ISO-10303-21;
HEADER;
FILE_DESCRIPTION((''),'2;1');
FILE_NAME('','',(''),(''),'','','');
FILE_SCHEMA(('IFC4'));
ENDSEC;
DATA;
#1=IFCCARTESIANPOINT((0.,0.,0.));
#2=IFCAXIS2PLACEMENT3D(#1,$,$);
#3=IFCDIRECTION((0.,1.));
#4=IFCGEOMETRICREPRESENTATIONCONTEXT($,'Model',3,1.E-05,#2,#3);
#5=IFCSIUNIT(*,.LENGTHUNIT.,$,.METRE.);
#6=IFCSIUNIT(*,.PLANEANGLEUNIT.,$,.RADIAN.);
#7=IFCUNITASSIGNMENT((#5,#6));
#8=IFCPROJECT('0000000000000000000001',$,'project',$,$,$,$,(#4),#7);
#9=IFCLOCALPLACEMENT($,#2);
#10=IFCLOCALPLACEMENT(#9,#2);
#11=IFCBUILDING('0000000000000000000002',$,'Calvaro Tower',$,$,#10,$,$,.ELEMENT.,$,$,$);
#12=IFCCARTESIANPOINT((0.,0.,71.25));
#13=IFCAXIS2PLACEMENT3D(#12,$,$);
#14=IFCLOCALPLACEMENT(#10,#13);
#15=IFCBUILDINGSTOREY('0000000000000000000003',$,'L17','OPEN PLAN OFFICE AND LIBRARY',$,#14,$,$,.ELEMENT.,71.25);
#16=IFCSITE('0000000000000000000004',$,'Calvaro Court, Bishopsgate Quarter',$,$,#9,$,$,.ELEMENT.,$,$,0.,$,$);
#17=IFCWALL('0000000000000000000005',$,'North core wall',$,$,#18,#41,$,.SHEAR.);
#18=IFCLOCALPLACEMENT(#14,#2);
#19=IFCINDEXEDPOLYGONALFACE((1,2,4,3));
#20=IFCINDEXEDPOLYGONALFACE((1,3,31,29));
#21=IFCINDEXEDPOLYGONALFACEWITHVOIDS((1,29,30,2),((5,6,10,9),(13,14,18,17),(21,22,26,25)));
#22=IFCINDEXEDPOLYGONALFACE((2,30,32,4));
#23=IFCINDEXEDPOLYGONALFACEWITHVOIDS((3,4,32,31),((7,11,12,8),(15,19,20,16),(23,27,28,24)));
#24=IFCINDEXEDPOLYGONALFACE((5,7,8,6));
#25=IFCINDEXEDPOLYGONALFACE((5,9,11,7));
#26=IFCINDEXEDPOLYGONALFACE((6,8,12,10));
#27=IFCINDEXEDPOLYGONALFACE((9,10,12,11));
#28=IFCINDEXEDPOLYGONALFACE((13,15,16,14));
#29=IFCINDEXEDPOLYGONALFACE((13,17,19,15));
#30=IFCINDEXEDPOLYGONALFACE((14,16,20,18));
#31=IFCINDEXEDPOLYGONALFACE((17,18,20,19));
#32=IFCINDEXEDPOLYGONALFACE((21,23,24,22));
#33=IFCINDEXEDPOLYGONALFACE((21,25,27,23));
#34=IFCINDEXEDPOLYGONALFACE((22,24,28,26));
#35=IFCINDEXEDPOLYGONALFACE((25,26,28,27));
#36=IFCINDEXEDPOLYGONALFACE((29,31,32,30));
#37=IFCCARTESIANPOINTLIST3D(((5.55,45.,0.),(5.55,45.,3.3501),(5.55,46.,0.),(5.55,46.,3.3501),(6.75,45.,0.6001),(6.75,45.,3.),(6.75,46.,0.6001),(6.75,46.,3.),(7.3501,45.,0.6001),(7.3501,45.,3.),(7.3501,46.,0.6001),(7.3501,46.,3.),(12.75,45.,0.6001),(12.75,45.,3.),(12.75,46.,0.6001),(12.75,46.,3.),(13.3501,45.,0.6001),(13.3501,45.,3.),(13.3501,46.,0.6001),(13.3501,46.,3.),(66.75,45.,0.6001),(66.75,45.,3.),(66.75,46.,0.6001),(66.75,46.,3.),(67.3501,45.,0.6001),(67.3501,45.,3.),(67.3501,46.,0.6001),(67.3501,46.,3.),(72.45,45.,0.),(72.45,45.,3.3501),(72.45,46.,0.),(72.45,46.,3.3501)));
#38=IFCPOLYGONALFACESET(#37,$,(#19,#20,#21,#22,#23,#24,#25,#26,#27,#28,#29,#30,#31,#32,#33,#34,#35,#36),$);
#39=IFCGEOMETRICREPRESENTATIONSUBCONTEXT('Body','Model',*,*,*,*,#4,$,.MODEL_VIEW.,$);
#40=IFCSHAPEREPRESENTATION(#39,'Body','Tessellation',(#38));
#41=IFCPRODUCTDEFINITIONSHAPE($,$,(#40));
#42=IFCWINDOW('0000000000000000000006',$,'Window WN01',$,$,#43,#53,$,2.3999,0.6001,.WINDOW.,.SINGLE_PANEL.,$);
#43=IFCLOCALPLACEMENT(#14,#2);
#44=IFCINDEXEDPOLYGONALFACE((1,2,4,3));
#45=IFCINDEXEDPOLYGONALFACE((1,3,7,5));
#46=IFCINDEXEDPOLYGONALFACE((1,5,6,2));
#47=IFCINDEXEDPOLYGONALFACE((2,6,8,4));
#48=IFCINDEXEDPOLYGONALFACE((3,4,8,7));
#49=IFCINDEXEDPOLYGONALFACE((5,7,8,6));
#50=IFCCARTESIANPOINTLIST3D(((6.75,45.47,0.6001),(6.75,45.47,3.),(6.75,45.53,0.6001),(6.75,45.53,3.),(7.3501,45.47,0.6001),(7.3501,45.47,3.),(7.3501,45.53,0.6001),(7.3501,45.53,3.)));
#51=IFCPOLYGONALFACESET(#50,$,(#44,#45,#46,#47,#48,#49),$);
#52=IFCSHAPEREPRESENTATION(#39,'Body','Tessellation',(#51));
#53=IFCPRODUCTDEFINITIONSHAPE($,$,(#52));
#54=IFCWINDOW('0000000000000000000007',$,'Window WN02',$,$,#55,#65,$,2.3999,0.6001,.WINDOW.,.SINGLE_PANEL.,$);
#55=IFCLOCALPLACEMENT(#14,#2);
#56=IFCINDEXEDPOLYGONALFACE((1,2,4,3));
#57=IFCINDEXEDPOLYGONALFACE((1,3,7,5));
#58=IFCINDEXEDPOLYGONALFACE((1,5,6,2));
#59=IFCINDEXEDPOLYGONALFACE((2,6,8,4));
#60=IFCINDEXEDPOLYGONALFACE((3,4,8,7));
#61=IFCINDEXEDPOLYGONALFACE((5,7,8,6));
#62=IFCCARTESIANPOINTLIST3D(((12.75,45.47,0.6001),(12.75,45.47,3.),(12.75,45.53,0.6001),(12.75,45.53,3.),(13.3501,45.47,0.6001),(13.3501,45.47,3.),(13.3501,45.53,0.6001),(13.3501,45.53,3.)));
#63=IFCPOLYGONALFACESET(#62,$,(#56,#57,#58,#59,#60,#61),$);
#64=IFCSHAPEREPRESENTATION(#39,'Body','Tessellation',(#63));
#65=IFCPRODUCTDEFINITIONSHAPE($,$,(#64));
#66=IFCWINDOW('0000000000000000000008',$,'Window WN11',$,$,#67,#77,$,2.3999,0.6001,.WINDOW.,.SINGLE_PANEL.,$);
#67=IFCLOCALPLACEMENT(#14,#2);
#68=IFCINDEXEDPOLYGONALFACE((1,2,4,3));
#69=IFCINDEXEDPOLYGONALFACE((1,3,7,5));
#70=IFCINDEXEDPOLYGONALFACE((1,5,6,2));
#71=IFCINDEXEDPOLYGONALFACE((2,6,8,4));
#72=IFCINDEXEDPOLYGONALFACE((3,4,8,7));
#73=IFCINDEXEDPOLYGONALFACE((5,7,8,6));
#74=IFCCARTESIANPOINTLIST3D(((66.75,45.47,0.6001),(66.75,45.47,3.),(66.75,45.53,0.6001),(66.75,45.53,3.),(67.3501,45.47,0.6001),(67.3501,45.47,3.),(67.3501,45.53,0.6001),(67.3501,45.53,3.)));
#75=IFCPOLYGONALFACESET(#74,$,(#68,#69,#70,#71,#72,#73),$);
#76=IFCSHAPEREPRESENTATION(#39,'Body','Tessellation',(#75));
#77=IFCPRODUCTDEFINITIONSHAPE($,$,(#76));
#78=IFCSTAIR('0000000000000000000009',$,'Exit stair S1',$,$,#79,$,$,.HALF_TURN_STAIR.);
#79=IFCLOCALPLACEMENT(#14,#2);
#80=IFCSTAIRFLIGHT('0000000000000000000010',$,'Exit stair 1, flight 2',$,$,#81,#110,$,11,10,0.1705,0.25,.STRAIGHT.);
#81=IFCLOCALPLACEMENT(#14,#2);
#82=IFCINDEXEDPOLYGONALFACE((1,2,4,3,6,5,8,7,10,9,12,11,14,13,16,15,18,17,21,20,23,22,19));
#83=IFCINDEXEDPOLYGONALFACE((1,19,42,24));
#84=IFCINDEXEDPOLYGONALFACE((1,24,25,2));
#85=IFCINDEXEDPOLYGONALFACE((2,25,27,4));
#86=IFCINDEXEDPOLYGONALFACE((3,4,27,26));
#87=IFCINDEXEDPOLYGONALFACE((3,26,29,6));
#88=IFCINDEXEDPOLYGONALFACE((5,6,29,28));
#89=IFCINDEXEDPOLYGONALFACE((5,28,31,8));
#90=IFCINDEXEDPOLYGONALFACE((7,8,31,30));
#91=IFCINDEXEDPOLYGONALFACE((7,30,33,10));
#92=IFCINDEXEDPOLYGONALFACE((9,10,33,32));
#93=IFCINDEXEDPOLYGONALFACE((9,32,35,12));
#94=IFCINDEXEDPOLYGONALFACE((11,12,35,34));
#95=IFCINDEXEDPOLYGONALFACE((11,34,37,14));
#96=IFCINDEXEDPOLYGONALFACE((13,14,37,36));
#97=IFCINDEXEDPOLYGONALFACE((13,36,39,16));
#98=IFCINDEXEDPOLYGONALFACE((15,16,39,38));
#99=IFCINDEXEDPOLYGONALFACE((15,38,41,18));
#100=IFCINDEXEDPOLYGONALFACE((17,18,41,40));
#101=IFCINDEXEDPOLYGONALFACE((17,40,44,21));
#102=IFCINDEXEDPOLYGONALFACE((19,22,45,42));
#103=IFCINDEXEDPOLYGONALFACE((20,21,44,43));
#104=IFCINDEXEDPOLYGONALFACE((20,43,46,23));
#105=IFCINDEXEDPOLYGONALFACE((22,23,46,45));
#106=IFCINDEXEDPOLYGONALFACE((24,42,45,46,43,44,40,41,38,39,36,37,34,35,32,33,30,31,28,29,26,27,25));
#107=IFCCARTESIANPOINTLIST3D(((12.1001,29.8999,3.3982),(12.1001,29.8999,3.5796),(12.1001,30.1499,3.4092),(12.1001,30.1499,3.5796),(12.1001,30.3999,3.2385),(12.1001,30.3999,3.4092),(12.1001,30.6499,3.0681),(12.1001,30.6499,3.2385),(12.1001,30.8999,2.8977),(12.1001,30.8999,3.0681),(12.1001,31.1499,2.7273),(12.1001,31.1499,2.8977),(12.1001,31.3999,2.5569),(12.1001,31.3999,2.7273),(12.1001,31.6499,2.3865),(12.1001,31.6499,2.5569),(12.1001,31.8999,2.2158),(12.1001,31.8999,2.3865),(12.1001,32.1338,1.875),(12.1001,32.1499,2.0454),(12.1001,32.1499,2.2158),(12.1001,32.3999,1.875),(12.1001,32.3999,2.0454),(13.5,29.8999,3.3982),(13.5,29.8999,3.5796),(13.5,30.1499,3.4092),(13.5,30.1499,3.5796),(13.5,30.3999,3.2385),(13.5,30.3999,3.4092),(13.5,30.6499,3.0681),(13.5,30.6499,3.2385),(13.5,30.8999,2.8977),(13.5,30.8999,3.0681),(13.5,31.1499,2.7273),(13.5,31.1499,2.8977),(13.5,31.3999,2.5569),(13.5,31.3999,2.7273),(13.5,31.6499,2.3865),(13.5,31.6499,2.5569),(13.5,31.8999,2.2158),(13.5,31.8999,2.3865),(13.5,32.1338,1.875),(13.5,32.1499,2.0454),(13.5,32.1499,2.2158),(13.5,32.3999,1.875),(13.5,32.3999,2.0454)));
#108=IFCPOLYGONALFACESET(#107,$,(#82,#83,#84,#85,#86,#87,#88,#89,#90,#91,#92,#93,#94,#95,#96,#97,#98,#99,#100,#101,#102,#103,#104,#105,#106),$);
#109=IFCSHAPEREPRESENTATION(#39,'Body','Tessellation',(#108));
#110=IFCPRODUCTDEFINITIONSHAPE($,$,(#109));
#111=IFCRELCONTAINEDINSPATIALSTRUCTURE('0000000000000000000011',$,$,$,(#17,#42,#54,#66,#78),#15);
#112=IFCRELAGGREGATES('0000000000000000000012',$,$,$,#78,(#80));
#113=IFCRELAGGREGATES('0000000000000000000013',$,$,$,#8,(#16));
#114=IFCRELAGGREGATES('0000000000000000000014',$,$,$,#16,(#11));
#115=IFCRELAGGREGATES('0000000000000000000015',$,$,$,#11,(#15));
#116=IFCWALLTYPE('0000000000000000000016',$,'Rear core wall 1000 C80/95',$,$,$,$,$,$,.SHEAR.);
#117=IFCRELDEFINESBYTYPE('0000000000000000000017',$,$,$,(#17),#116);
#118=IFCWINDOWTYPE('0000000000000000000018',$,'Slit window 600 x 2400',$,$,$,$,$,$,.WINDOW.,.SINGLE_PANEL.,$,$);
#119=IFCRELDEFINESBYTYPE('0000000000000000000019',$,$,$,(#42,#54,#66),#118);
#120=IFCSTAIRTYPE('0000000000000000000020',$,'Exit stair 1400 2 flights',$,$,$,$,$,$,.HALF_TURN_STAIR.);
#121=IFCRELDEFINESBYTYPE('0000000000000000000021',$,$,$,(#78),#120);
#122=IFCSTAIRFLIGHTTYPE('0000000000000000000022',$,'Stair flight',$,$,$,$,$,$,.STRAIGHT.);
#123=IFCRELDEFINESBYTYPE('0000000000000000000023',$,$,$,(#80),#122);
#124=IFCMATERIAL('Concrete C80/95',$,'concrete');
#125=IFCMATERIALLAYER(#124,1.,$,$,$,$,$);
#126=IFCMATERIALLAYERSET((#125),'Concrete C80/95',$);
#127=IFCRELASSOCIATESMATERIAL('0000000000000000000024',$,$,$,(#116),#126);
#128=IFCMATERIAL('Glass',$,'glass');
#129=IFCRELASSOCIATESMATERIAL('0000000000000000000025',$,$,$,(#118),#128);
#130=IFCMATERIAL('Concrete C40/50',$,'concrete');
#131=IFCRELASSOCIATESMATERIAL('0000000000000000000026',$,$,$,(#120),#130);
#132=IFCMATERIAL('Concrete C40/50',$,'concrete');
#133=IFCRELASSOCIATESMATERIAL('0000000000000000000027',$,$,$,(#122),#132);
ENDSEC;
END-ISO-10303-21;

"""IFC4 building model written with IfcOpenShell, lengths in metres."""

from ifc_helpers import new_model, si_unit, direction, frame, frame_2d, origin, place, context, subcontext, project, spatial, polyline, rectangle, outline, extrude, material, layer, layer_set, type_object, element, fill, aggregate, save


model = new_model("IFC4")

# Units and contexts
model_context = context("Model", 3, precision=1e-05, world=origin(), true_north=direction((0.0, 1.0)))
body_context = subcontext(model_context, "Body", "Model", "MODEL_VIEW")
ifc_project = project(units=[si_unit("LENGTHUNIT", "METRE"), si_unit("PLANEANGLEUNIT", "RADIAN")], contexts=[model_context])

# Site, building, storey
site_placement = place(None, origin())
site = spatial("IfcSite", under=ifc_project, at=site_placement, Name="Calvaro Court, Bishopsgate Quarter", CompositionType="ELEMENT", RefElevation=0.0)
building_placement = place(site_placement, origin())
building = spatial("IfcBuilding", under=site, at=building_placement, Name="Calvaro Tower", CompositionType="ELEMENT")
storey_placement = place(building_placement, frame((0.0, 0.0, 71.25)))
storey = spatial("IfcBuildingStorey", under=building, at=storey_placement, Name="L17", Description="OPEN PLAN OFFICE AND LIBRARY", CompositionType="ELEMENT", Elevation=71.25)

# Wall, openings, windows
ifc_material_1 = material(Name="Concrete C80/95", Category="concrete")
ifc_layer_1 = layer(ifc_material_1, 1.0)
ifc_layer_set_1 = layer_set([ifc_layer_1], Name="Concrete C80/95")
wall_type_1 = type_object("IfcWallType", Name="Rear core wall 1000 C80/95", PredefinedType="SHEAR", material=ifc_layer_set_1)
wall_1_placement = place(storey_placement, frame((5.55, 45.5, 0.0), z_axis=(0.0, 0.0, 1.0), x_axis=(1.0, 0.0, 0.0)))
wall_1 = element("IfcWall", 1, at=wall_1_placement, inside=storey, type_object=wall_type_1, Name="North core wall", PredefinedType="SHEAR", context=body_context, shape_type="SweptSolid", body=[
    extrude(rectangle(XDim=66.8999, YDim=1.0, at=frame_2d((33.45, 0.0))), origin(), (0.0, 0.0, 1.0), 3.3501),
])
opening_1_placement = place(wall_1_placement, frame((1.2, 0.0, 0.6001)))
opening_1 = element("IfcOpeningElement", 2, at=opening_1_placement, cuts=wall_1, PredefinedType="OPENING", context=body_context, shape_type="SweptSolid", body=[
    extrude(rectangle(XDim=0.6001, YDim=2.3999, at=frame_2d((0.3, 1.2))), frame((0.0, 0.51, 0.0), z_axis=(0.0, -1.0, 0.0), x_axis=(1.0, 0.0, 0.0)), (0.0, 0.0, 1.0), 1.02),
])
opening_2_placement = place(wall_1_placement, frame((7.2, 0.0, 0.6001)))
opening_2 = element("IfcOpeningElement", 3, at=opening_2_placement, cuts=wall_1, PredefinedType="OPENING", context=body_context, shape_type="SweptSolid", body=[
    extrude(rectangle(XDim=0.6001, YDim=2.3999, at=frame_2d((0.3, 1.2))), frame((0.0, 0.51, 0.0), z_axis=(0.0, -1.0, 0.0), x_axis=(1.0, 0.0, 0.0)), (0.0, 0.0, 1.0), 1.02),
])
opening_3_placement = place(wall_1_placement, frame((61.2, 0.0, 0.6001)))
opening_3 = element("IfcOpeningElement", 4, at=opening_3_placement, cuts=wall_1, PredefinedType="OPENING", context=body_context, shape_type="SweptSolid", body=[
    extrude(rectangle(XDim=0.6001, YDim=2.3999, at=frame_2d((0.3, 1.2))), frame((0.0, 0.51, 0.0), z_axis=(0.0, -1.0, 0.0), x_axis=(1.0, 0.0, 0.0)), (0.0, 0.0, 1.0), 1.02),
])
ifc_material_2 = material(Name="Glass", Category="glass")
window_type = type_object("IfcWindowType", Name="Slit window 600 x 2400", PartitioningType="SINGLE_PANEL", PredefinedType="WINDOW", material=ifc_material_2)
window_1_placement = place(opening_1_placement, origin())
window_1 = element("IfcWindow", 5, at=window_1_placement, inside=storey, type_object=window_type, Name="Window WN01", OverallHeight=2.3999, OverallWidth=0.6001, PartitioningType="SINGLE_PANEL", PredefinedType="WINDOW", context=body_context, shape_type="SweptSolid", body=[
    extrude(rectangle(XDim=0.6001, YDim=2.3999, at=frame_2d((0.3, 1.2))), frame((0.0, 0.03, 0.0), z_axis=(0.0, -1.0, 0.0), x_axis=(1.0, 0.0, 0.0)), (0.0, 0.0, 1.0), 0.0601),
])
fill(opening_1, window_1)
window_2_placement = place(opening_2_placement, origin())
window_2 = element("IfcWindow", 6, at=window_2_placement, inside=storey, type_object=window_type, Name="Window WN02", OverallHeight=2.3999, OverallWidth=0.6001, PartitioningType="SINGLE_PANEL", PredefinedType="WINDOW", context=body_context, shape_type="SweptSolid", body=[
    extrude(rectangle(XDim=0.6001, YDim=2.3999, at=frame_2d((0.3, 1.2))), frame((0.0, 0.03, 0.0), z_axis=(0.0, -1.0, 0.0), x_axis=(1.0, 0.0, 0.0)), (0.0, 0.0, 1.0), 0.0601),
])
fill(opening_2, window_2)
window_3_placement = place(opening_3_placement, origin())
window_3 = element("IfcWindow", 7, at=window_3_placement, inside=storey, type_object=window_type, Name="Window WN11", OverallHeight=2.3999, OverallWidth=0.6001, PartitioningType="SINGLE_PANEL", PredefinedType="WINDOW", context=body_context, shape_type="SweptSolid", body=[
    extrude(rectangle(XDim=0.6001, YDim=2.3999, at=frame_2d((0.3, 1.2))), frame((0.0, 0.03, 0.0), z_axis=(0.0, -1.0, 0.0), x_axis=(1.0, 0.0, 0.0)), (0.0, 0.0, 1.0), 0.0601),
])
fill(opening_3, window_3)

# Stair, stair flight
ifc_material_3 = material(Name="Concrete C40/50", Category="concrete")
stair_type = type_object("IfcStairType", Name="Exit stair 1400 2 flights", PredefinedType="HALF_TURN_STAIR", material=ifc_material_3)
stair_placement = place(storey_placement, origin())
stair = element("IfcStair", 8, at=stair_placement, inside=storey, type_object=stair_type, Name="Exit stair S1", PredefinedType="HALF_TURN_STAIR")
ifc_material_4 = material(Name="Concrete C40/50", Category="concrete")
stair_flight_type = type_object("IfcStairFlightType", Name="Stair flight", PredefinedType="STRAIGHT", material=ifc_material_4)
stair_flight_placement = place(storey_placement, frame((12.8, 32.3999, 1.875), z_axis=(0.0, 0.0, 1.0), x_axis=(0.0, -1.0, 0.0)))
stair_flight = element("IfcStairFlight", 9, at=stair_flight_placement, type_object=stair_flight_type, Name="Exit stair 1, flight 2", NumberOfRisers=11, NumberOfTreads=10, PredefinedType="STRAIGHT", RiserHeight=0.1705, TreadLength=0.25, context=body_context, shape_type="SweptSolid", body=[
    extrude(outline(polyline([(0.0, 0.0), (0.0, 0.1704), (0.25, 0.1704), (0.25, 0.3408), (0.5, 0.3408), (0.5, 0.5115), (0.75, 0.5115), (0.75, 0.6819), (1.0, 0.6819), (1.0, 0.8523), (1.25, 0.8523), (1.25, 1.0227), (1.5, 1.0227), (1.5, 1.1931), (1.75, 1.1931), (1.75, 1.3635), (2.0, 1.3635), (2.0, 1.5342), (2.25, 1.5342), (2.25, 1.7046), (2.5, 1.7046), (2.5, 1.875), (2.5, 1.5232), (0.2661, 0.0), (0.0, 0.0)])), frame((0.0, 0.7, 0.0), z_axis=(0.0, -1.0, 0.0), x_axis=(1.0, 0.0, 0.0)), (0.0, 0.0, 1.0), 1.3999),
])
aggregate(stair, [stair_flight])

save(model, "model.ifc")
